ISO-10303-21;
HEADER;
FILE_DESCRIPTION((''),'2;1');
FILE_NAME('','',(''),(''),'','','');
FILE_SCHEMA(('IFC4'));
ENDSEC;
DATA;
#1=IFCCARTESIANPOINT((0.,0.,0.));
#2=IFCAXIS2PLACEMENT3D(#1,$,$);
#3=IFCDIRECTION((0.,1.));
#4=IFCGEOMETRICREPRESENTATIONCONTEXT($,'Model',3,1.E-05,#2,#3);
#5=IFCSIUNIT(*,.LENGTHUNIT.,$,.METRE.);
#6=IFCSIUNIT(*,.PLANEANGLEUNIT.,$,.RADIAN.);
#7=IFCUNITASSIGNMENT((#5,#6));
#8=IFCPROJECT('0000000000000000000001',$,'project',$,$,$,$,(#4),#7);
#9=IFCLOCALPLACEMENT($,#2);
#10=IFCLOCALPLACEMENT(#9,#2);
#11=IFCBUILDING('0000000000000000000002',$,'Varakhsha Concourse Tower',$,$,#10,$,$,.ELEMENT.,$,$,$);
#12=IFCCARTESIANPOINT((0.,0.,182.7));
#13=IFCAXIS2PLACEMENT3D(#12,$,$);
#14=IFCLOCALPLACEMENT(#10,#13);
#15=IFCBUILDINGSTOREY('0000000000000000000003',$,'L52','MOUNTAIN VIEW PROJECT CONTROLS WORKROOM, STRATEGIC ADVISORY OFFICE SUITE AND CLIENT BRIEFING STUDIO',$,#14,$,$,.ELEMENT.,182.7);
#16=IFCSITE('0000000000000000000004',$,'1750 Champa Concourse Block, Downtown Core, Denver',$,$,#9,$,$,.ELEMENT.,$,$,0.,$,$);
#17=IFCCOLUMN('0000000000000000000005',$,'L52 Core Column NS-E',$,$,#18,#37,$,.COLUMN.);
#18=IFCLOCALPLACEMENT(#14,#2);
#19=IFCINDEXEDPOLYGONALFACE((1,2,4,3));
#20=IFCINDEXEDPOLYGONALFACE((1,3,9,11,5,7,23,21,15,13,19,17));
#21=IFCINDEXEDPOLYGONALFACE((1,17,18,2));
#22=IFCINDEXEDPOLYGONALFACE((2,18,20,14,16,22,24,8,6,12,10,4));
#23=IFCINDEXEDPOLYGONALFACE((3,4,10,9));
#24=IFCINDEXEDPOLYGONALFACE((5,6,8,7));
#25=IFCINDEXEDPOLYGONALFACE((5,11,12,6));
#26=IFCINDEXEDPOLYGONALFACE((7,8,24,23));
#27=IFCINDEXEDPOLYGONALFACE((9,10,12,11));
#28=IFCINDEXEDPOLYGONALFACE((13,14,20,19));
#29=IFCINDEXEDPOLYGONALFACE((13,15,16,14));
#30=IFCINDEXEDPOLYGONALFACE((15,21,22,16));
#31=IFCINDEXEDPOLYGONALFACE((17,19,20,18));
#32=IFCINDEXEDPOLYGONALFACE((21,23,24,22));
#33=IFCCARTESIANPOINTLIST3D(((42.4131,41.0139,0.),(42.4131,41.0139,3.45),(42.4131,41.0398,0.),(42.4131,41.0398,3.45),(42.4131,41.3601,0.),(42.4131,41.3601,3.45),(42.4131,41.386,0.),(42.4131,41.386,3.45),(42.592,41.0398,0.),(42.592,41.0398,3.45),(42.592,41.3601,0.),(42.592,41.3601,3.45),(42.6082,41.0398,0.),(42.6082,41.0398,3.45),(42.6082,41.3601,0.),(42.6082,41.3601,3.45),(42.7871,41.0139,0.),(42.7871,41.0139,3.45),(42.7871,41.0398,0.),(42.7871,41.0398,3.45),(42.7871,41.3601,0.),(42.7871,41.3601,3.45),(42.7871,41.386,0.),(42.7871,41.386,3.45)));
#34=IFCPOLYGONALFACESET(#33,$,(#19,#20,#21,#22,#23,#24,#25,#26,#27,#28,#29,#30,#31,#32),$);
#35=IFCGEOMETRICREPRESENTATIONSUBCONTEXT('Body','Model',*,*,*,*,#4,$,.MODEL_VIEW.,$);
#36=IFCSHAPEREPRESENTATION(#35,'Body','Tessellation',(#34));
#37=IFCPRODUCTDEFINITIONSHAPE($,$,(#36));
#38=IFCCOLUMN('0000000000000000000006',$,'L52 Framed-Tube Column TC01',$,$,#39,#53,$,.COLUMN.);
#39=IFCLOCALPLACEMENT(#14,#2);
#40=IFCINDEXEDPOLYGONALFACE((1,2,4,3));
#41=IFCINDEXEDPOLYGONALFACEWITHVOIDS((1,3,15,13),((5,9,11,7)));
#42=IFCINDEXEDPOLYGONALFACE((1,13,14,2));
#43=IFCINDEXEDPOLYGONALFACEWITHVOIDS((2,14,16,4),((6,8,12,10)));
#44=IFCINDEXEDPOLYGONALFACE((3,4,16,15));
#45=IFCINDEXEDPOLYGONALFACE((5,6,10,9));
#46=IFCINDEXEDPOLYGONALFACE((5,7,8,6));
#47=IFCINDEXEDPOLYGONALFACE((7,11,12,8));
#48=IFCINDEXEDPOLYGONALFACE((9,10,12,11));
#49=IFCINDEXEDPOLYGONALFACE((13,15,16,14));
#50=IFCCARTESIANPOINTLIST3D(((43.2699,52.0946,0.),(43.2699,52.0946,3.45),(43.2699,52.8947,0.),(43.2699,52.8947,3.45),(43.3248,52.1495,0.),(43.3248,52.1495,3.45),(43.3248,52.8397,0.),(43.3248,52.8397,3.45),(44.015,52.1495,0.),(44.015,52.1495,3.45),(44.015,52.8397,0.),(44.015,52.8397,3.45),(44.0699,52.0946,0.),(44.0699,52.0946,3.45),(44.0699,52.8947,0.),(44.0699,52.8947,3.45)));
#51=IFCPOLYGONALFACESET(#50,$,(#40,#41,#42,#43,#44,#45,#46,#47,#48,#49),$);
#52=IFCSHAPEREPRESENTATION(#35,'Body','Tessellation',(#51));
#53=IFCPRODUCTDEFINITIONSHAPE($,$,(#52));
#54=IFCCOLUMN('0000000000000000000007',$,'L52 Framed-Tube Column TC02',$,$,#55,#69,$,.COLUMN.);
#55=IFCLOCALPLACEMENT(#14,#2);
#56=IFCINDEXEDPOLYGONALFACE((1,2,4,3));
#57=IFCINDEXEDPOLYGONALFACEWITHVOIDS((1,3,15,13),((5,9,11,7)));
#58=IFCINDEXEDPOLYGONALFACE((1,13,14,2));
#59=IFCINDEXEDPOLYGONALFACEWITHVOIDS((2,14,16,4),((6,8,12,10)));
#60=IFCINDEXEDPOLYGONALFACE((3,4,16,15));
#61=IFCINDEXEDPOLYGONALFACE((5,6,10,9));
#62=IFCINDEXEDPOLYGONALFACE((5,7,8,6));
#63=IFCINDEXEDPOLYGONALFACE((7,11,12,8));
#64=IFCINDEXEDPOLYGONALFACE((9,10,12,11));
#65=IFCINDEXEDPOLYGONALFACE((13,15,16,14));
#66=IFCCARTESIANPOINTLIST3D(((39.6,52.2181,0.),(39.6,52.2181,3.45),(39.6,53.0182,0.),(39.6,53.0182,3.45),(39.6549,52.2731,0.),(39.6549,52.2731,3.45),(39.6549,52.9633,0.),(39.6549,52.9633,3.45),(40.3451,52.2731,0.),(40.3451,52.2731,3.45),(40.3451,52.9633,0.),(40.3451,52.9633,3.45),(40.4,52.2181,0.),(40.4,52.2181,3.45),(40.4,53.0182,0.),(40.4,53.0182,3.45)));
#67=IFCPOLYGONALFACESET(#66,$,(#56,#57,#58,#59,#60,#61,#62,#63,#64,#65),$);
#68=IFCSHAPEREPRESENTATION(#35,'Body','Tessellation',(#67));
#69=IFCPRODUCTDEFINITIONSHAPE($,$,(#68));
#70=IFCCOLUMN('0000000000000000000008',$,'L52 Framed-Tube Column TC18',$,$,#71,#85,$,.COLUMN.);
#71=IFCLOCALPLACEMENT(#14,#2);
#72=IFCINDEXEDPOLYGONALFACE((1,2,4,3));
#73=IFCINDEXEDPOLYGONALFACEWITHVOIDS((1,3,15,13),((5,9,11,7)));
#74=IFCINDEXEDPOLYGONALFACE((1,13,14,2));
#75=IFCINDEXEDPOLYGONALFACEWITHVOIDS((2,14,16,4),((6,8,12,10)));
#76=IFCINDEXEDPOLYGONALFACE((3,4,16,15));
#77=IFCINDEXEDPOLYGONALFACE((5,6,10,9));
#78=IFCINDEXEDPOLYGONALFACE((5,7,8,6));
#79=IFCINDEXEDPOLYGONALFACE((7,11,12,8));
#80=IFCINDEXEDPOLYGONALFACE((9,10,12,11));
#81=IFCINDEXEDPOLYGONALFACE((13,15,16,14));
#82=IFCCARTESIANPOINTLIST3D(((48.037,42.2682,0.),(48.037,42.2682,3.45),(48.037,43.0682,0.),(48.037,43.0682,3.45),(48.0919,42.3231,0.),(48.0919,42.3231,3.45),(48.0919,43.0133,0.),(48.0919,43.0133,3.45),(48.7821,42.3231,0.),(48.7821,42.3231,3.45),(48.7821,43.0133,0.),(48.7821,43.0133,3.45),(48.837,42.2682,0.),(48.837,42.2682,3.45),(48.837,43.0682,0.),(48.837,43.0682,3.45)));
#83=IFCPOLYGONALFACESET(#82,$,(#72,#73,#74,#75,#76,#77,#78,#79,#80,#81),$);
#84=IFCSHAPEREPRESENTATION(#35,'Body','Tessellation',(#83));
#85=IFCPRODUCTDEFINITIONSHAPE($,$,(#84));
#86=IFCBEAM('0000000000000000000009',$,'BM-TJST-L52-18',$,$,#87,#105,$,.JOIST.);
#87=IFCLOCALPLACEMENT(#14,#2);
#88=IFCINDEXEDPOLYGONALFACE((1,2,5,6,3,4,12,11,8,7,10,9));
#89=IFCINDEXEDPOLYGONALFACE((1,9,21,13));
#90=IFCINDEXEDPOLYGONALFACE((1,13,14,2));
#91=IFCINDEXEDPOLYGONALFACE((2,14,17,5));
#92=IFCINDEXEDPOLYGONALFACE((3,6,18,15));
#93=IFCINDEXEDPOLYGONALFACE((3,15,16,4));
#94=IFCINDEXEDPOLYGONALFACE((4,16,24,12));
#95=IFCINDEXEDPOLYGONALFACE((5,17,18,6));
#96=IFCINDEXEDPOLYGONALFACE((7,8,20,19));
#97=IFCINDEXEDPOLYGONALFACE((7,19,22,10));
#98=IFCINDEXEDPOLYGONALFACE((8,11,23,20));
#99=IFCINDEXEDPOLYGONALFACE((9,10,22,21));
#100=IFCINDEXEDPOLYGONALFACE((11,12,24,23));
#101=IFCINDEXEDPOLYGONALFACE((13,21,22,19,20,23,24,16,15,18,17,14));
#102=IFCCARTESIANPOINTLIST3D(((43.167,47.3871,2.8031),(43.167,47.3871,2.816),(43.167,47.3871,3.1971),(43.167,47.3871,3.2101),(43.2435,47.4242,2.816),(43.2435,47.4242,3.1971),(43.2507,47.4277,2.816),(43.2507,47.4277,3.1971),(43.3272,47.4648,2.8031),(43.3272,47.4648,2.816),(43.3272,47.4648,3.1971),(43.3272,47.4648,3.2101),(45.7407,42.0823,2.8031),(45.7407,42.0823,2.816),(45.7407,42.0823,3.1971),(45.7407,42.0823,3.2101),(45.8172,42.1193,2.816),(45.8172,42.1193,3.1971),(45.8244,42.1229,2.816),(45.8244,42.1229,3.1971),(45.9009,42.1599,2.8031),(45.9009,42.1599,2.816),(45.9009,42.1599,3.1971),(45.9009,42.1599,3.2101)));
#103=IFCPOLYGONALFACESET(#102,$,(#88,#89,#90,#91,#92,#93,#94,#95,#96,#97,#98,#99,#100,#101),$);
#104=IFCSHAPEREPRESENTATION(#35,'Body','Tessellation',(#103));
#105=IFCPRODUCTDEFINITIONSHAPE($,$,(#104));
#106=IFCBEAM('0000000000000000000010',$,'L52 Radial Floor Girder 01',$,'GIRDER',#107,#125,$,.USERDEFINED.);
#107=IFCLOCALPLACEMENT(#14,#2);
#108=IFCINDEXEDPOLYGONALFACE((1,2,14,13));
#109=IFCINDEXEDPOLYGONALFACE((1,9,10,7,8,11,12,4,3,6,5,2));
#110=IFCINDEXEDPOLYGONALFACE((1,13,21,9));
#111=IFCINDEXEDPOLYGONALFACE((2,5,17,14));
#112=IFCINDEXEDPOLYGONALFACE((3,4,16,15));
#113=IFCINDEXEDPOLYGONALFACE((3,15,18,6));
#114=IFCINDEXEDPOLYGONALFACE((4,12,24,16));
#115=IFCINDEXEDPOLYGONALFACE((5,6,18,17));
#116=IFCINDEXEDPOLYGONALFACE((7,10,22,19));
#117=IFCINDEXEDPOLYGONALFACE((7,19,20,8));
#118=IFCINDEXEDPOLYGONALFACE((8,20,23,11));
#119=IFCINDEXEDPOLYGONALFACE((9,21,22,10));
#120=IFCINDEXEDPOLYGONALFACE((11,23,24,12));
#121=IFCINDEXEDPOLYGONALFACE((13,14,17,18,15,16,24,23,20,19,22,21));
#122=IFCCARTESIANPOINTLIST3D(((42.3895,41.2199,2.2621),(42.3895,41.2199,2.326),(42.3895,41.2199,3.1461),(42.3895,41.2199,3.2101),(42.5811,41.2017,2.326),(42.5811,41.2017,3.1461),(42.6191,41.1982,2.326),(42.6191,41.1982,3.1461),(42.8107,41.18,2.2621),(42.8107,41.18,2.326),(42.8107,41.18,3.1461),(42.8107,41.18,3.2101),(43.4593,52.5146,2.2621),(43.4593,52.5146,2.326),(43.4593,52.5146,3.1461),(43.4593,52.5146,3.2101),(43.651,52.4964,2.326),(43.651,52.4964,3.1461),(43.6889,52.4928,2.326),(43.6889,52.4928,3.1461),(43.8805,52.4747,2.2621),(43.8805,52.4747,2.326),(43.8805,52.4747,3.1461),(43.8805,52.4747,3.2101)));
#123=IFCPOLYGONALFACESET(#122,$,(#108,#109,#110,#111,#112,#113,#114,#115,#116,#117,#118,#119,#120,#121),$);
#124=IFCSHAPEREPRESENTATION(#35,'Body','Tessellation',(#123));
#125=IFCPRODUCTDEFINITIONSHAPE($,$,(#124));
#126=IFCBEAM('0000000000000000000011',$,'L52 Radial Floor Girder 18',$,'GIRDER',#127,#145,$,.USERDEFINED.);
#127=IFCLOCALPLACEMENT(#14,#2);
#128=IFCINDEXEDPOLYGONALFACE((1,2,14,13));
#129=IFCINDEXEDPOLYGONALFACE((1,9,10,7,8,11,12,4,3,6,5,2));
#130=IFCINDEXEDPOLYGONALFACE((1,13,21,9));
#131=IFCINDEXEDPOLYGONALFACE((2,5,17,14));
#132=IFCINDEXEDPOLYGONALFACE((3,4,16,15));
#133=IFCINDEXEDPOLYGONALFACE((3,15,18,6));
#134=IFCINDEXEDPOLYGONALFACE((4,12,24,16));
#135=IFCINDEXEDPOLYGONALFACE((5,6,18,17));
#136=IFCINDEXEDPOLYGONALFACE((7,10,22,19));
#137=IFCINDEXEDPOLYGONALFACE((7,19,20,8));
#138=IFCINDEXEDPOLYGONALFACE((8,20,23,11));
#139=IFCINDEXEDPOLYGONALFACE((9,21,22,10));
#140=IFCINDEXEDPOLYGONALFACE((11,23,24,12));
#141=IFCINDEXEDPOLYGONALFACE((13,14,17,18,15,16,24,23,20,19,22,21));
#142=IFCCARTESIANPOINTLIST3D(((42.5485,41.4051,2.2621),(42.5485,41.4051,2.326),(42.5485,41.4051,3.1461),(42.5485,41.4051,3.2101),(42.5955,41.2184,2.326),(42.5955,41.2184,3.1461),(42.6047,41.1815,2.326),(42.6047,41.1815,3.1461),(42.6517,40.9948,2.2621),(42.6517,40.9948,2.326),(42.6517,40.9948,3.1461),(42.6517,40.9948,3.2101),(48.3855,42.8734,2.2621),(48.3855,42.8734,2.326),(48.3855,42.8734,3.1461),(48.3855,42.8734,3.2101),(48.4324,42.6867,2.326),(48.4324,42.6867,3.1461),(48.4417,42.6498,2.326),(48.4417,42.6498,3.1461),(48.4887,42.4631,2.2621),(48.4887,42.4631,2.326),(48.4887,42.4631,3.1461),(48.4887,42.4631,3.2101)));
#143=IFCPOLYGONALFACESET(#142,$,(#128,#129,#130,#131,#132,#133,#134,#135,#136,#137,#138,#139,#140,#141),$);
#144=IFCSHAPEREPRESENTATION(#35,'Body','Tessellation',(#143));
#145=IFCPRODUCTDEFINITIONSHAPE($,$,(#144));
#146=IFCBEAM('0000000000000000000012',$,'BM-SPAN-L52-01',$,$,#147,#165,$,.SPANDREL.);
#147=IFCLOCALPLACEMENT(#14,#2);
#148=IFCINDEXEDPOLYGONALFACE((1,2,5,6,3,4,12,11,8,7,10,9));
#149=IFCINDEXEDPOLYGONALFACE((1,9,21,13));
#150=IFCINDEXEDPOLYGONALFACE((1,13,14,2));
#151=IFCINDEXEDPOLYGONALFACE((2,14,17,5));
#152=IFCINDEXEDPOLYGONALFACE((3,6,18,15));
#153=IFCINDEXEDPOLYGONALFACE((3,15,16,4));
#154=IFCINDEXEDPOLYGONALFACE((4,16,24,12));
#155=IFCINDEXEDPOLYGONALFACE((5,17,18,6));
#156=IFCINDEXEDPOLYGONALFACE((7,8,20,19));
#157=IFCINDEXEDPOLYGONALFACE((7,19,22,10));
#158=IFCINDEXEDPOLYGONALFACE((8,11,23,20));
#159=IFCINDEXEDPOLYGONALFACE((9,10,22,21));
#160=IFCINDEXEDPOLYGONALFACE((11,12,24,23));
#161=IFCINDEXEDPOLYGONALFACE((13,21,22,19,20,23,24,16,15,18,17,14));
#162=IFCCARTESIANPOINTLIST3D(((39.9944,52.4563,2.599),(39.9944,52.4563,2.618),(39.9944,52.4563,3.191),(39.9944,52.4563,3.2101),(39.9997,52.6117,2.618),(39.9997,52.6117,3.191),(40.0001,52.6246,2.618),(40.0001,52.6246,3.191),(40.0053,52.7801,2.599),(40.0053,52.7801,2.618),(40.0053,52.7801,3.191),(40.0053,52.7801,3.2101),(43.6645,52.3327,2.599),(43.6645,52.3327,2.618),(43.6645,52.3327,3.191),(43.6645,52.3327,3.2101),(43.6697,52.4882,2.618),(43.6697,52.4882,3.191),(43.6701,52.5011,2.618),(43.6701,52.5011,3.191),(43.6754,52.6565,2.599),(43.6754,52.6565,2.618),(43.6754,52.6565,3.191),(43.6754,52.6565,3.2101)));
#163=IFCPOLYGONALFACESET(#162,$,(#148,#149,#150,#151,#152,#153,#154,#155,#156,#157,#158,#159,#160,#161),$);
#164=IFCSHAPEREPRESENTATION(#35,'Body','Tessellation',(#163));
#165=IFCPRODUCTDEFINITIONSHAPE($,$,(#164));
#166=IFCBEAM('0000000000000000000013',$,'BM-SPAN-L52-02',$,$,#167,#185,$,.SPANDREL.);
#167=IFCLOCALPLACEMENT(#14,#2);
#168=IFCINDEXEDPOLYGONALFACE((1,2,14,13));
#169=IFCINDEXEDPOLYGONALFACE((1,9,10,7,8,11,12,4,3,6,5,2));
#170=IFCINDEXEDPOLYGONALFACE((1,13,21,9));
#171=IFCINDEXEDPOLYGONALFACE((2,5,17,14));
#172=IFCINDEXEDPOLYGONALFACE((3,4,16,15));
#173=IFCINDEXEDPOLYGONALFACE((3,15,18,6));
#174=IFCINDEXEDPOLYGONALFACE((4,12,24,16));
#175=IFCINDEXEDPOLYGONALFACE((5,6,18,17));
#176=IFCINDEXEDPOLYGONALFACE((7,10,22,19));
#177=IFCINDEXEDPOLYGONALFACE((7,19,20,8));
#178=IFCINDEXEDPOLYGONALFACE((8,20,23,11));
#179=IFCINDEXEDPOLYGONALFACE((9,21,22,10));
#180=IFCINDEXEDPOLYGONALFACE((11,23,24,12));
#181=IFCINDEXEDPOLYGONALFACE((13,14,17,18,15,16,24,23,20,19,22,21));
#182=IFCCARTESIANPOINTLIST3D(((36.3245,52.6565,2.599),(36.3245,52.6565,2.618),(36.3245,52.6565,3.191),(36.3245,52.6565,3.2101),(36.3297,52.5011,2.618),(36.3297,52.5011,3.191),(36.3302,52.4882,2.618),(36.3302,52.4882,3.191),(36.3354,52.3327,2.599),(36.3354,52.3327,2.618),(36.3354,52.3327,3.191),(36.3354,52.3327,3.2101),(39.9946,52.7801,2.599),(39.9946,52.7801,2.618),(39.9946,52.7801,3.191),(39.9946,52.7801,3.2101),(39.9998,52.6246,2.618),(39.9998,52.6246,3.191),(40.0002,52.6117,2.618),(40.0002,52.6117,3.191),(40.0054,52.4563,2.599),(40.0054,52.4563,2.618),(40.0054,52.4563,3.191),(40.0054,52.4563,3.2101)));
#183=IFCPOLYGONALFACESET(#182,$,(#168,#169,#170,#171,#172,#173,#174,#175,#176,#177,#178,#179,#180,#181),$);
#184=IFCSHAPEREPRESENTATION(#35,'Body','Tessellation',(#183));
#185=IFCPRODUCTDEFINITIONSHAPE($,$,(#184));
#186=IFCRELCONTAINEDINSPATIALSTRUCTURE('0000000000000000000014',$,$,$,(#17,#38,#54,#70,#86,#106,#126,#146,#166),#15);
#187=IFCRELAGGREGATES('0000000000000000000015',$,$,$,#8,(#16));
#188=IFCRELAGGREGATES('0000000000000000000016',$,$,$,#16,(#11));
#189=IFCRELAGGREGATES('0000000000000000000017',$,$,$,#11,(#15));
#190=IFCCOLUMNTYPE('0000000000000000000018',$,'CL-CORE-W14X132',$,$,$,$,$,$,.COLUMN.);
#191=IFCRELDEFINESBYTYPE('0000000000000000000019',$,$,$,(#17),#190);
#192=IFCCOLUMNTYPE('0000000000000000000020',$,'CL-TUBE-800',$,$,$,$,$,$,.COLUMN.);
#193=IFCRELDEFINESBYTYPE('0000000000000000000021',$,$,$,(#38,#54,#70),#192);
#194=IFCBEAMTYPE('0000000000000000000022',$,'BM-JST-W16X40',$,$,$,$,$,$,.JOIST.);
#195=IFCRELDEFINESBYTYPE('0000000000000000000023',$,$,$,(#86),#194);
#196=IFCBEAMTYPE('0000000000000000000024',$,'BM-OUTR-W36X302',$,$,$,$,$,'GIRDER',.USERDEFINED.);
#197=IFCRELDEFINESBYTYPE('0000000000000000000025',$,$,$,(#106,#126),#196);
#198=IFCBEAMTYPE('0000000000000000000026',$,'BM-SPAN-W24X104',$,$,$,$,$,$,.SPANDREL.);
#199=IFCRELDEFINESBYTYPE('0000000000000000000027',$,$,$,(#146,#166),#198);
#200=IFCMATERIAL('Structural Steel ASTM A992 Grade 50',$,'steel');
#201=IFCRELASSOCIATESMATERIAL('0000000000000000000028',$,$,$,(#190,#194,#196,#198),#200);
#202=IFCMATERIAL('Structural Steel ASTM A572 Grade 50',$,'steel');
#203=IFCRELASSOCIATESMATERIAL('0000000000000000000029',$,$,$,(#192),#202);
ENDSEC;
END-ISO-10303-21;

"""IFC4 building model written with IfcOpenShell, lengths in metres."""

from ifc_helpers import new_model, si_unit, direction, frame, origin, origin_2d, place, context, subcontext, project, spatial, hollow_rectangle, i_section, extrude, material, material_profile, profile_set, type_object, element, save


model = new_model("IFC4")

# Units and contexts
model_context = context("Model", 3, precision=1e-05, world=origin(), true_north=direction((0.0, 1.0)))
body_context = subcontext(model_context, "Body", "Model", "MODEL_VIEW")
ifc_project = project(units=[si_unit("LENGTHUNIT", "METRE"), si_unit("PLANEANGLEUNIT", "RADIAN")], contexts=[model_context])

# Site, building, storey
site_placement = place(None, origin())
site = spatial("IfcSite", under=ifc_project, at=site_placement, Name="1750 Champa Concourse Block, Downtown Core, Denver", CompositionType="ELEMENT", RefElevation=0.0)
building_placement = place(site_placement, origin())
building = spatial("IfcBuilding", under=site, at=building_placement, Name="Varakhsha Concourse Tower", CompositionType="ELEMENT")
storey_placement = place(building_placement, frame((0.0, 0.0, 182.7)))
storey = spatial("IfcBuildingStorey", under=building, at=storey_placement, Name="L52", Description="MOUNTAIN VIEW PROJECT CONTROLS WORKROOM, STRATEGIC ADVISORY OFFICE SUITE AND CLIENT BRIEFING STUDIO", CompositionType="ELEMENT", Elevation=182.7)

# Columns
ifc_material_1 = material(Name="Structural Steel ASTM A992 Grade 50", Category="steel")
ifc_material_profile_1 = material_profile(ifc_material_1, i_section(OverallWidth=0.374, OverallDepth=0.3721, WebThickness=0.0161, FlangeThickness=0.0259, at=origin_2d()), Name="W14X132")
ifc_profile_set_1 = profile_set([ifc_material_profile_1], Name="Structural Steel ASTM A992 Grade 50")
column_type_1 = type_object("IfcColumnType", Name="CL-CORE-W14X132", PredefinedType="COLUMN", material=ifc_profile_set_1)
column_placement = place(storey_placement, frame((42.6001, 41.2, 0.0), z_axis=(0.0, 0.0, 1.0), x_axis=(1.0, 0.0, 0.0)))
element("IfcColumn", 1, at=column_placement, inside=storey, type_object=column_type_1, Name="L52 Core Column NS-E", PredefinedType="COLUMN", context=body_context, shape_type="SweptSolid", body=[
    extrude(i_section(OverallWidth=0.374, OverallDepth=0.3721, WebThickness=0.0161, FlangeThickness=0.0259, at=origin_2d()), origin(), (0.0, 0.0, 1.0), 3.45),
])
ifc_material_2 = material(Name="Structural Steel ASTM A572 Grade 50", Category="steel")
ifc_material_profile_2 = material_profile(ifc_material_2, hollow_rectangle(XDim=0.8, YDim=0.8, WallThickness=0.0549, at=origin_2d()), Name="BOX 800x800x55")
ifc_profile_set_2 = profile_set([ifc_material_profile_2], Name="Structural Steel ASTM A572 Grade 50")
column_type_2 = type_object("IfcColumnType", Name="CL-TUBE-800", PredefinedType="COLUMN", material=ifc_profile_set_2)
for number, where, z_axis, x_axis, name in (
    (2, (43.6699, 52.4946, 0.0), (0.0, 0.0, 1.0), (1.0, 0.0, 0.0), "L52 Framed-Tube Column TC01"),
    (3, (40.0, 52.6182, 0.0), (0.0, 0.0, 1.0), (1.0, 0.0, 0.0), "L52 Framed-Tube Column TC02"),
    (4, (48.437, 42.6682, 0.0), (0.0, 0.0, 1.0), (1.0, 0.0, 0.0), "L52 Framed-Tube Column TC18"),
):
    element("IfcColumn", number, at=place(storey_placement, frame(where, z_axis=z_axis, x_axis=x_axis)), inside=storey, type_object=column_type_2, Name=name, PredefinedType="COLUMN", context=body_context, shape_type="SweptSolid", body=[
        extrude(hollow_rectangle(XDim=0.8, YDim=0.8, WallThickness=0.0549, at=origin_2d()), origin(), (0.0, 0.0, 1.0), 3.45),
    ])

# Beams
ifc_material_profile_3 = material_profile(ifc_material_1, i_section(OverallWidth=0.178, OverallDepth=0.407, WebThickness=0.0081, FlangeThickness=0.0129, at=origin_2d()), Name="W16X40")
ifc_profile_set_3 = profile_set([ifc_material_profile_3], Name="Structural Steel ASTM A992 Grade 50")
beam_type_1 = type_object("IfcBeamType", Name="BM-JST-W16X40", PredefinedType="JOIST", material=ifc_profile_set_3)
beam_1_placement = place(storey_placement, frame((45.8208, 42.1211, 3.0066), z_axis=(-0.436499, 0.899705, 0.0), x_axis=(-0.899705, -0.436499, 0.0)))
element("IfcBeam", 5, at=beam_1_placement, inside=storey, type_object=beam_type_1, Name="BM-TJST-L52-18", PredefinedType="JOIST", context=body_context, shape_type="SweptSolid", body=[
    extrude(i_section(OverallWidth=0.178, OverallDepth=0.407, WebThickness=0.0081, FlangeThickness=0.0129, at=origin_2d()), origin(), (0.0, 0.0, 1.0), 5.8962),
])
ifc_material_profile_4 = material_profile(ifc_material_1, i_section(OverallWidth=0.4231, OverallDepth=0.948, WebThickness=0.0381, FlangeThickness=0.064, at=origin_2d()), Name="W36X302")
ifc_profile_set_4 = profile_set([ifc_material_profile_4], Name="Structural Steel ASTM A992 Grade 50")
beam_type_2 = type_object("IfcBeamType", Name="BM-OUTR-W36X302", ElementType="GIRDER", PredefinedType="USERDEFINED", material=ifc_profile_set_4)
beam_2_placement = place(storey_placement, frame((42.6001, 41.2, 2.7361), z_axis=(0.094297, 0.995544, 0.0), x_axis=(-0.995544, 0.094297, 0.0)))
element("IfcBeam", 6, at=beam_2_placement, inside=storey, type_object=beam_type_2, Name="L52 Radial Floor Girder 01", ObjectType="GIRDER", PredefinedType="USERDEFINED", context=body_context, shape_type="SweptSolid", body=[
    extrude(i_section(OverallWidth=0.4231, OverallDepth=0.948, WebThickness=0.0381, FlangeThickness=0.064, at=origin_2d()), origin(), (0.0, 0.0, 1.0), 11.3452),
])
beam_3_placement = place(storey_placement, frame((42.6001, 41.2, 2.7361), z_axis=(0.969788, 0.243948, 0.0), x_axis=(-0.243948, 0.969788, 0.0)))
element("IfcBeam", 7, at=beam_3_placement, inside=storey, type_object=beam_type_2, Name="L52 Radial Floor Girder 18", ObjectType="GIRDER", PredefinedType="USERDEFINED", context=body_context, shape_type="SweptSolid", body=[
    extrude(i_section(OverallWidth=0.4231, OverallDepth=0.948, WebThickness=0.0381, FlangeThickness=0.064, at=origin_2d()), origin(), (0.0, 0.0, 1.0), 6.0188),
])
ifc_material_profile_5 = material_profile(ifc_material_1, i_section(OverallWidth=0.324, OverallDepth=0.6111, WebThickness=0.0129, FlangeThickness=0.019, at=origin_2d()), Name="W24X104")
ifc_profile_set_5 = profile_set([ifc_material_profile_5], Name="Structural Steel ASTM A992 Grade 50")
beam_type_3 = type_object("IfcBeamType", Name="BM-SPAN-W24X104", PredefinedType="SPANDREL", material=ifc_profile_set_5)
for number, where, z_axis, x_axis, name in (
    (8, (43.6699, 52.4946, 2.9045), (-0.999434, 0.033642, 0.0), (-0.033642, -0.999434, 0.0), "BM-SPAN-L52-01"),
    (9, (40.0, 52.6182, 2.9045), (-0.999434, -0.033642, 0.0), (0.033642, -0.999434, 0.0), "BM-SPAN-L52-02"),
):
    element("IfcBeam", number, at=place(storey_placement, frame(where, z_axis=z_axis, x_axis=x_axis)), inside=storey, type_object=beam_type_3, Name=name, PredefinedType="SPANDREL", context=body_context, shape_type="SweptSolid", body=[
        extrude(i_section(OverallWidth=0.324, OverallDepth=0.6111, WebThickness=0.0129, FlangeThickness=0.019, at=origin_2d()), origin(), (0.0, 0.0, 1.0), 3.6721),
    ])

save(model, "model.ifc")
